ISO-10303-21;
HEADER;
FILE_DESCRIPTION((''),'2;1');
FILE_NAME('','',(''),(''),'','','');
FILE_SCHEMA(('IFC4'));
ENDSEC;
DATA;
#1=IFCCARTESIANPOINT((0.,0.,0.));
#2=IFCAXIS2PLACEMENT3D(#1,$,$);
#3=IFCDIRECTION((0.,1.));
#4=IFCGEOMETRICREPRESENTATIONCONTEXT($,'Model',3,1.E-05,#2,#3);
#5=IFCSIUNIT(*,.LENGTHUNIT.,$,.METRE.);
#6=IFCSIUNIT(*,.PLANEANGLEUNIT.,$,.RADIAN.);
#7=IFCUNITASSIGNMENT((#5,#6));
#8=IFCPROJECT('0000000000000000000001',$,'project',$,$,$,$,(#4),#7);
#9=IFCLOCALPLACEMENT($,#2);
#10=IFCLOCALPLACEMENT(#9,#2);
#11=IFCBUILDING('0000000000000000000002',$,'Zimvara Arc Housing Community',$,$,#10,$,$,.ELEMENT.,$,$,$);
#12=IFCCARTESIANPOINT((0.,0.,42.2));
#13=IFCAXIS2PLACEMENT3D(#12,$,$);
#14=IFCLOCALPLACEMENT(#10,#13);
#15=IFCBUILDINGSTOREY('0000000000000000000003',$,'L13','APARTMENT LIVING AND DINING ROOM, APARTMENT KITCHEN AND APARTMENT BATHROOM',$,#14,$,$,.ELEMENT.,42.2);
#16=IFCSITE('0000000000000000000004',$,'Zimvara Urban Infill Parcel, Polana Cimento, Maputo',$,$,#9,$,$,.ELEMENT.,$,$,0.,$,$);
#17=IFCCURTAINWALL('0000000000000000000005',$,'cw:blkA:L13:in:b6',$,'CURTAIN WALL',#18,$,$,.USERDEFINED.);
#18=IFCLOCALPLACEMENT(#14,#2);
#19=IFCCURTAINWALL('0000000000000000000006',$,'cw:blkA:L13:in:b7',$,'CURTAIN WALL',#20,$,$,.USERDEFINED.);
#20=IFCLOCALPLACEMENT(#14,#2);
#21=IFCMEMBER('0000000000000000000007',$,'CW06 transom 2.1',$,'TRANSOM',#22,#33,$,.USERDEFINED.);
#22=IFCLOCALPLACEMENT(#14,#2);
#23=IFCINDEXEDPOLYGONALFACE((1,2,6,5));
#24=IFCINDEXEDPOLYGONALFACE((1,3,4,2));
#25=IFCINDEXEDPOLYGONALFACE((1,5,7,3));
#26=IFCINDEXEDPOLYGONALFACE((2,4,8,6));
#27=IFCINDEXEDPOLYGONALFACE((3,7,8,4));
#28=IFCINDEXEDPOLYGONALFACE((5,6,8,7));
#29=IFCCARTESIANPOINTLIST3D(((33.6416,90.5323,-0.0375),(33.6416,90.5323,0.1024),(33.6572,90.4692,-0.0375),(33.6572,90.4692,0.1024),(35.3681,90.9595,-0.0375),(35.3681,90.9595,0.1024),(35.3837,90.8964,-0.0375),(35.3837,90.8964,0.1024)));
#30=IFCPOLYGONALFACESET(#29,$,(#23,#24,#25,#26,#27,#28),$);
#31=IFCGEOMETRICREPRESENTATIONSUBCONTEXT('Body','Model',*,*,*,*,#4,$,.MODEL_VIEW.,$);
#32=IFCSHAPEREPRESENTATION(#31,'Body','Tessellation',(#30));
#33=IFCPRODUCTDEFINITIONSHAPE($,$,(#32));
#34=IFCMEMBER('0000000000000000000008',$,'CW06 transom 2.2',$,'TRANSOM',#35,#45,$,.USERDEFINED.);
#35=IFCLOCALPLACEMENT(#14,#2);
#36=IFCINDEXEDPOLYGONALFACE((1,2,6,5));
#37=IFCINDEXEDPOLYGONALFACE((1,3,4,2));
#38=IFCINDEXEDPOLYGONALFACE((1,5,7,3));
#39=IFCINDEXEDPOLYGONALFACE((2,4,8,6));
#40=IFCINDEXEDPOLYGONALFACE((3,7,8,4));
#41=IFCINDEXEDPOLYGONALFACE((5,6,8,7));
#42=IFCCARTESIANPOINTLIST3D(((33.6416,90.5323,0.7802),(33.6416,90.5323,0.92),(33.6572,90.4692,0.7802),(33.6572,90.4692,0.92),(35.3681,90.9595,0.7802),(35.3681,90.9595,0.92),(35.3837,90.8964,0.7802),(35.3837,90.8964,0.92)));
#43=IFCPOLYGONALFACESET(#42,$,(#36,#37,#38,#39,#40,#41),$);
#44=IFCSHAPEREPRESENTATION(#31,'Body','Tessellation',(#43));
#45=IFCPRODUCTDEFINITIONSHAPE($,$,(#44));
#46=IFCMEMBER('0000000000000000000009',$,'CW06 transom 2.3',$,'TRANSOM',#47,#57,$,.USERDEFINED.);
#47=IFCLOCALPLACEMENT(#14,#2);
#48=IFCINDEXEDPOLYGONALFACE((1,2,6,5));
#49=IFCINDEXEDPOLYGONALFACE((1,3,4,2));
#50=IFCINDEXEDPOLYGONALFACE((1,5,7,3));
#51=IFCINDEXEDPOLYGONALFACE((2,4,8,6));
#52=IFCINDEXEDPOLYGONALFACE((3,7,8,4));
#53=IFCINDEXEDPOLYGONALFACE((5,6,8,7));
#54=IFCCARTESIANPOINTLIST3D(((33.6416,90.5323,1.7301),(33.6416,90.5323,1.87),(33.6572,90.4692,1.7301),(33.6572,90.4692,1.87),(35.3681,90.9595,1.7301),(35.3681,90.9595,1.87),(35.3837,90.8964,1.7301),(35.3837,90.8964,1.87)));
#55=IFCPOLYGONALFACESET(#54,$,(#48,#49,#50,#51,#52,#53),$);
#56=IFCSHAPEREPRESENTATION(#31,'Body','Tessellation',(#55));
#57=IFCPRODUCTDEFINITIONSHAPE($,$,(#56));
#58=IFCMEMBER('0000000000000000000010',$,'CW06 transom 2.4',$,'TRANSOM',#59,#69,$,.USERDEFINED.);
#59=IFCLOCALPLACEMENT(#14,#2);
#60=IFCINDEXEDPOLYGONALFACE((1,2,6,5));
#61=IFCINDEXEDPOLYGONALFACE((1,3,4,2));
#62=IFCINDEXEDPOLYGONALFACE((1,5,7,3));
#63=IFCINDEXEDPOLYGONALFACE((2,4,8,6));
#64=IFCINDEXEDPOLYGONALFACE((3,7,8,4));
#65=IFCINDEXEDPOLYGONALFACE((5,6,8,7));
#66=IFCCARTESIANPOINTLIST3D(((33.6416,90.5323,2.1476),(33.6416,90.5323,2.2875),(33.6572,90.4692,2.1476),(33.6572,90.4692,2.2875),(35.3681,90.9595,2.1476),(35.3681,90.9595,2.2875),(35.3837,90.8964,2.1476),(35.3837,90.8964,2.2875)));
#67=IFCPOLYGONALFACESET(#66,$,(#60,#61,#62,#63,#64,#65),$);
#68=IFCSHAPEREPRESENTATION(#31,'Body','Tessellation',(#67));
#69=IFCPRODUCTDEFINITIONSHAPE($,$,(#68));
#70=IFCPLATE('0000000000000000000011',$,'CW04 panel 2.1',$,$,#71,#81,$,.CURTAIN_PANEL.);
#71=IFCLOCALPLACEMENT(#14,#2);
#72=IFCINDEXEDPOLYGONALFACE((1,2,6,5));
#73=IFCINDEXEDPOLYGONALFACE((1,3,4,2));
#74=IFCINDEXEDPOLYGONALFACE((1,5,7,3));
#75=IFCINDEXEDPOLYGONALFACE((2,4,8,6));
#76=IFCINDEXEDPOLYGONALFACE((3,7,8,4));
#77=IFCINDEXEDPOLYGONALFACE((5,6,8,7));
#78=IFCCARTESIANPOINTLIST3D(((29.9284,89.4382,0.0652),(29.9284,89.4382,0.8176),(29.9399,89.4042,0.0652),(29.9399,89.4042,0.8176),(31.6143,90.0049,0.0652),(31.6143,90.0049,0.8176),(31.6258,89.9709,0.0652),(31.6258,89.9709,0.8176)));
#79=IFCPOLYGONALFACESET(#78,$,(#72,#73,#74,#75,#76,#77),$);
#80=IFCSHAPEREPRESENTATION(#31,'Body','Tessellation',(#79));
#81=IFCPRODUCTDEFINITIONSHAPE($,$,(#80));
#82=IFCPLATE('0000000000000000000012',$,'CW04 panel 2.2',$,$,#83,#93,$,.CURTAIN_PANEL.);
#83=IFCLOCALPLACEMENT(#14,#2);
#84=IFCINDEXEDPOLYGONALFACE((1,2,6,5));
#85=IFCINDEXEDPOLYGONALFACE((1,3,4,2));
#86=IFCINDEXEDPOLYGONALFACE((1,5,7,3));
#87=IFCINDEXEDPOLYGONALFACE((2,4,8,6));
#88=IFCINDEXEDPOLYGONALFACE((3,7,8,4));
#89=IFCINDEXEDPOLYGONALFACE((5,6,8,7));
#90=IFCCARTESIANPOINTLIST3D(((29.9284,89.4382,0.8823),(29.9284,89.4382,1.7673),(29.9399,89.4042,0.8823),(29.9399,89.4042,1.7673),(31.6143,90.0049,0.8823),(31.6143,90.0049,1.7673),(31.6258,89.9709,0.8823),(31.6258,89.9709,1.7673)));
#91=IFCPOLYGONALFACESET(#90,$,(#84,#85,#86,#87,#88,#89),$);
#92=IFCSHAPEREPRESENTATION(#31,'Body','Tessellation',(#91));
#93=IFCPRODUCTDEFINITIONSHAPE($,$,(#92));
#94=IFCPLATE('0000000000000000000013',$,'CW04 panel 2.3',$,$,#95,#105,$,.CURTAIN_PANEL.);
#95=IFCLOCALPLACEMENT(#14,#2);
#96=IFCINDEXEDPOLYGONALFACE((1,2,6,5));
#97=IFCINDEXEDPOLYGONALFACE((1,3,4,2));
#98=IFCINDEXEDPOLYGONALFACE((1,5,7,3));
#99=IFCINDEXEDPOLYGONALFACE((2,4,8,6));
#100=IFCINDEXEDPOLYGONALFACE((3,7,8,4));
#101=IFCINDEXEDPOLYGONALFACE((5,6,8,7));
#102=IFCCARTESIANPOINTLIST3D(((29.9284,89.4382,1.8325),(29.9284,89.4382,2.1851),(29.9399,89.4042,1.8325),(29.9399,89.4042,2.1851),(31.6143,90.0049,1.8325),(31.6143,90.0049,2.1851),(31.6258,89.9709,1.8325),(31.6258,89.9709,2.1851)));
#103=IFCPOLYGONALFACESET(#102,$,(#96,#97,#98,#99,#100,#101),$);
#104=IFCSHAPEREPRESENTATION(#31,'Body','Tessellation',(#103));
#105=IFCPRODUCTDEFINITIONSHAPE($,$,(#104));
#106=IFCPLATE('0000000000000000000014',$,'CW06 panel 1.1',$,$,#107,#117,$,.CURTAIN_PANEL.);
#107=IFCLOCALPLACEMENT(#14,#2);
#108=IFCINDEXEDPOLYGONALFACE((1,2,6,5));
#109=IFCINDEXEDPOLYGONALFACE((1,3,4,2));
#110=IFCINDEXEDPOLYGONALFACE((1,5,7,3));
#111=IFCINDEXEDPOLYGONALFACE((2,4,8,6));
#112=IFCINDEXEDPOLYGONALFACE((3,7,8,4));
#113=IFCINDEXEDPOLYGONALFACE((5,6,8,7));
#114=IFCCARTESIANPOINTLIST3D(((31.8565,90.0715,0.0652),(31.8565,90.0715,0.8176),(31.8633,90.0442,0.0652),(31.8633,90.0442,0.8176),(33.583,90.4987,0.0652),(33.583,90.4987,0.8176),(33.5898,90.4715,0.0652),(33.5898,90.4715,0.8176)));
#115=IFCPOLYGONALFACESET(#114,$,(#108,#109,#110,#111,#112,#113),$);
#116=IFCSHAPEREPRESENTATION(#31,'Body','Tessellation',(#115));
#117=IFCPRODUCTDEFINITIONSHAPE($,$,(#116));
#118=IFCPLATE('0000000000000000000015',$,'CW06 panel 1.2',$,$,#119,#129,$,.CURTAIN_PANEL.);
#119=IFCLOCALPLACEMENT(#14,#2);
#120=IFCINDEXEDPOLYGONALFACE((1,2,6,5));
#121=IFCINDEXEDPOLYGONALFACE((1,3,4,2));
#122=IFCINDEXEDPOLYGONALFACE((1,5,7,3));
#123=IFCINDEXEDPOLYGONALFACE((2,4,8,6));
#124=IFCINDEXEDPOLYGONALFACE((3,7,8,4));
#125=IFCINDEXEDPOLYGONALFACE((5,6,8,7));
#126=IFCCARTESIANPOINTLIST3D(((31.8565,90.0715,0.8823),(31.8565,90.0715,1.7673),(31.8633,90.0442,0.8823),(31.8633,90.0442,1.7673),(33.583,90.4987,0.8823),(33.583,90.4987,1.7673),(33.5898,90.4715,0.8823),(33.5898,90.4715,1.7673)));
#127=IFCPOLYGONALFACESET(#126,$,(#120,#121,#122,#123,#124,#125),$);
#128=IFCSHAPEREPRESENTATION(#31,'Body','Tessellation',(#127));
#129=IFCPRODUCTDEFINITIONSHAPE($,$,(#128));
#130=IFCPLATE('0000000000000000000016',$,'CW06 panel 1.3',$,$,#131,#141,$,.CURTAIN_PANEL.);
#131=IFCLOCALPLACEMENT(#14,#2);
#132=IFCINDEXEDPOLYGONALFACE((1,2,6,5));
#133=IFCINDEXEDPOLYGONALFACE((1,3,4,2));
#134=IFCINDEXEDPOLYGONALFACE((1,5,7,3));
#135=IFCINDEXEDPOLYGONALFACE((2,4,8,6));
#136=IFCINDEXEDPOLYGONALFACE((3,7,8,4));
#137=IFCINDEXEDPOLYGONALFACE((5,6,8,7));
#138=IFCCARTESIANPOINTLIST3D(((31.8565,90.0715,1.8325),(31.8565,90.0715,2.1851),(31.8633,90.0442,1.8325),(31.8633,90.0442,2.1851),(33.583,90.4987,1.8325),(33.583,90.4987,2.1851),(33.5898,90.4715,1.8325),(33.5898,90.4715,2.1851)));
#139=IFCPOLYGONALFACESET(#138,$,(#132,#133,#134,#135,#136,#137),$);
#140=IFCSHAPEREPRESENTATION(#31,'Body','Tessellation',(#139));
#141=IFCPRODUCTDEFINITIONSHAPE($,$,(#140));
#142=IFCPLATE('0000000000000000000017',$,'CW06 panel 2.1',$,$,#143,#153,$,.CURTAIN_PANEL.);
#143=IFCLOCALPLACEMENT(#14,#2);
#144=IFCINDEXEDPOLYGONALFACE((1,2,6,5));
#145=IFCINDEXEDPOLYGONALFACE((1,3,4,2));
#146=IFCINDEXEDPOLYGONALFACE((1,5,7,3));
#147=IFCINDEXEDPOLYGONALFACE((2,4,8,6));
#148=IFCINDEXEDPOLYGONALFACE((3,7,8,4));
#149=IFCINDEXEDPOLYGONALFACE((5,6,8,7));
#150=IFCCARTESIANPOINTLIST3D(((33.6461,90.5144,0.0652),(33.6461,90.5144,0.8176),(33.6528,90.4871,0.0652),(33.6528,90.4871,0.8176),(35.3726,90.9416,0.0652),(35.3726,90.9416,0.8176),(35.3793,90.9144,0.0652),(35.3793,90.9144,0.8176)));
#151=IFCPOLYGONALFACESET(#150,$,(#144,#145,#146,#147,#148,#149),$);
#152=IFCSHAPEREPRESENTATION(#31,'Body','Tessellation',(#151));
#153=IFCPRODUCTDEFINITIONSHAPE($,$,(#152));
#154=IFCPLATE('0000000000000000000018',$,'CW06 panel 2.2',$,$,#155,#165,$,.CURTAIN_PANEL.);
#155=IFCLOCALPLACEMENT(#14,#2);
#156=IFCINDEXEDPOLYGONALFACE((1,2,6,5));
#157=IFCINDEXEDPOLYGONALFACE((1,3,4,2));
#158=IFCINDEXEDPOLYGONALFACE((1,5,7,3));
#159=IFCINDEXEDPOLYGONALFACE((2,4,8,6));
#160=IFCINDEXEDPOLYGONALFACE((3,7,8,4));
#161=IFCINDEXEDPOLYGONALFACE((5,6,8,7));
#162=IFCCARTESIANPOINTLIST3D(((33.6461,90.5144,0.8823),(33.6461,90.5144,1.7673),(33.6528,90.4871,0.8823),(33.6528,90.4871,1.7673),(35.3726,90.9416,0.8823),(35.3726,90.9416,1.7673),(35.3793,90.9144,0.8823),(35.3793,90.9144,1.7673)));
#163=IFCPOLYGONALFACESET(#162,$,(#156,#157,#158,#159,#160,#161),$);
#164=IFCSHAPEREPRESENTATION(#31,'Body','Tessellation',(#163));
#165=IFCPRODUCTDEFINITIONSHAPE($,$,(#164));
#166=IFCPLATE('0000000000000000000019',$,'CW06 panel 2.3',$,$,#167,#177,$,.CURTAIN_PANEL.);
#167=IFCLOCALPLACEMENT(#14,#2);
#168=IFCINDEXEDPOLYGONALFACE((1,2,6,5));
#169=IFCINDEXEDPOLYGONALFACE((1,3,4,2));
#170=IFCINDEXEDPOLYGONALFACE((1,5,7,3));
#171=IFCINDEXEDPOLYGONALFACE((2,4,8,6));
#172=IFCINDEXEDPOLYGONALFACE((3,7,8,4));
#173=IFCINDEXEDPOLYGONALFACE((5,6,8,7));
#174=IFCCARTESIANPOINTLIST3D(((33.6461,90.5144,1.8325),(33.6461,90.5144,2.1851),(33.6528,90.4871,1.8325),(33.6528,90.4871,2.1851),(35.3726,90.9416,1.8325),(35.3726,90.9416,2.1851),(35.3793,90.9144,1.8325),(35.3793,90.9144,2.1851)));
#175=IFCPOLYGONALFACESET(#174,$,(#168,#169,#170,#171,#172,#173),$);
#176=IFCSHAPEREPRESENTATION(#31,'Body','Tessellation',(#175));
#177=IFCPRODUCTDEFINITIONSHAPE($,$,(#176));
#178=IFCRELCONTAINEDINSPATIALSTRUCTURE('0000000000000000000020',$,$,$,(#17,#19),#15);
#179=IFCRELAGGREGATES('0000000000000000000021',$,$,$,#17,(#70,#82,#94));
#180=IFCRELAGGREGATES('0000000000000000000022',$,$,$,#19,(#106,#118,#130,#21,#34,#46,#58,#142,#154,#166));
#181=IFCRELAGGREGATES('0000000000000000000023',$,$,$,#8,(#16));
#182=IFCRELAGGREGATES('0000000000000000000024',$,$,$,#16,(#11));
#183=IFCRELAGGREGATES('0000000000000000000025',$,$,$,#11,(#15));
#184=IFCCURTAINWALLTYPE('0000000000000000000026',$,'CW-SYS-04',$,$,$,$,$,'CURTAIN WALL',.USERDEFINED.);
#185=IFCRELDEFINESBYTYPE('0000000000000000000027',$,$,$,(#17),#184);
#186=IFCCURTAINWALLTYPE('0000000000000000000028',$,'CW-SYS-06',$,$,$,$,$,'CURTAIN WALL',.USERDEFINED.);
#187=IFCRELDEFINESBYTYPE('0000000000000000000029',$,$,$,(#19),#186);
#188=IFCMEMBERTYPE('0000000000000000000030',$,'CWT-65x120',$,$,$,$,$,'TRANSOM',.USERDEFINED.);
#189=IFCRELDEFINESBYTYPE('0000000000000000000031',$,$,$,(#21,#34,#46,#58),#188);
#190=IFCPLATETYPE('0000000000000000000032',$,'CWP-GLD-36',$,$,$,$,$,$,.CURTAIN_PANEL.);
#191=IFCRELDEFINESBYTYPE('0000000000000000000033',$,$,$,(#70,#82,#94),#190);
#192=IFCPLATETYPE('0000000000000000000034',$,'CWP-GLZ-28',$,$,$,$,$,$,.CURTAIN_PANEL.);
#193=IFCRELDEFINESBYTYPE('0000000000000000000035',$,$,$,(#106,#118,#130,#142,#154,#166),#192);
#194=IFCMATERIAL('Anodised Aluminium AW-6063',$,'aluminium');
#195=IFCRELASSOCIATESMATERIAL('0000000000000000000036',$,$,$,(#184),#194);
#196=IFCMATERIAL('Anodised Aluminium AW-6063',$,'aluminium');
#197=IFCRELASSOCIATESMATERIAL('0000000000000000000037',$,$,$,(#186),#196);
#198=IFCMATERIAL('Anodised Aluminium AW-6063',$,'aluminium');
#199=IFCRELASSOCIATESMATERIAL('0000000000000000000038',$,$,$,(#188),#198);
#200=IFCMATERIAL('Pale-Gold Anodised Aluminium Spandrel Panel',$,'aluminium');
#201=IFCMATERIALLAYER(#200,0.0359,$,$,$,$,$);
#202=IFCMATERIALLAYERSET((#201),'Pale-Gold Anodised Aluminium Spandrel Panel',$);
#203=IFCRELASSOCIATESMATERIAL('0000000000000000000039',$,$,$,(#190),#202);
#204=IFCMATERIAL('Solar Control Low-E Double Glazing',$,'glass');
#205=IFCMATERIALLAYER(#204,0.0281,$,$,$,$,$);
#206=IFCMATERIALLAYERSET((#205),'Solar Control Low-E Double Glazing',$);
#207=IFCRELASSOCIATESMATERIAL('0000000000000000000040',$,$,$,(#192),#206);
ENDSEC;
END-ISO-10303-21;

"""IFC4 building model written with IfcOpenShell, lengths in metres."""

from ifc_helpers import new_model, si_unit, direction, frame, origin, origin_2d, place, context, subcontext, project, spatial, rectangle, extrude, material, layer, layer_set, material_profile, profile_set, type_object, element, aggregate, save


model = new_model("IFC4")

# Units and contexts
model_context = context("Model", 3, precision=1e-05, world=origin(), true_north=direction((0.0, 1.0)))
body_context = subcontext(model_context, "Body", "Model", "MODEL_VIEW")
ifc_project = project(units=[si_unit("LENGTHUNIT", "METRE"), si_unit("PLANEANGLEUNIT", "RADIAN")], contexts=[model_context])

# Site, building, storey
site_placement = place(None, origin())
site = spatial("IfcSite", under=ifc_project, at=site_placement, Name="Zimvara Urban Infill Parcel, Polana Cimento, Maputo", CompositionType="ELEMENT", RefElevation=0.0)
building_placement = place(site_placement, origin())
building = spatial("IfcBuilding", under=site, at=building_placement, Name="Zimvara Arc Housing Community", CompositionType="ELEMENT")
storey_placement = place(building_placement, frame((0.0, 0.0, 42.2)))
storey = spatial("IfcBuildingStorey", under=building, at=storey_placement, Name="L13", Description="APARTMENT LIVING AND DINING ROOM, APARTMENT KITCHEN AND APARTMENT BATHROOM", CompositionType="ELEMENT", Elevation=42.2)

# Curtain wall
ifc_material_1 = material(Name="Anodised Aluminium AW-6063", Category="aluminium")
curtain_wall_type_1 = type_object("IfcCurtainWallType", Name="CW-SYS-04", ElementType="CURTAIN WALL", PredefinedType="USERDEFINED", material=ifc_material_1)
curtain_wall_1_placement = place(storey_placement, origin())
curtain_wall_1 = element("IfcCurtainWall", 1, at=curtain_wall_1_placement, inside=storey, type_object=curtain_wall_type_1, Name="cw:blkA:L13:in:b6", ObjectType="CURTAIN WALL", PredefinedType="USERDEFINED")

# Curtain wall
ifc_material_2 = material(Name="Anodised Aluminium AW-6063", Category="aluminium")
curtain_wall_type_2 = type_object("IfcCurtainWallType", Name="CW-SYS-06", ElementType="CURTAIN WALL", PredefinedType="USERDEFINED", material=ifc_material_2)
curtain_wall_2_placement = place(storey_placement, origin())
curtain_wall_2 = element("IfcCurtainWall", 2, at=curtain_wall_2_placement, inside=storey, type_object=curtain_wall_type_2, Name="cw:blkA:L13:in:b7", ObjectType="CURTAIN WALL", PredefinedType="USERDEFINED")

# Members
ifc_material_3 = material(Name="Anodised Aluminium AW-6063", Category="aluminium")
ifc_material_profile_1 = material_profile(ifc_material_3, rectangle(XDim=0.0649, YDim=0.1399, at=origin_2d()), Name="ALU 65x140")
ifc_profile_set_1 = profile_set([ifc_material_profile_1], Name="Anodised Aluminium AW-6063")
member_type_1 = type_object("IfcMemberType", Name="CWT-65x120", ElementType="TRANSOM", PredefinedType="USERDEFINED", material=ifc_profile_set_1)
member_1_placement = place(storey_placement, frame((33.6494, 90.5007, 0.0325), z_axis=(0.970721, 0.24021, 0.0), x_axis=(-0.24021, 0.970721, 0.0)))
member_1 = element("IfcMember", 3, at=member_1_placement, type_object=member_type_1, Name="CW06 transom 2.1", ObjectType="TRANSOM", PredefinedType="USERDEFINED", context=body_context, shape_type="SweptSolid", body=[
    extrude(rectangle(XDim=0.0649, YDim=0.1399, at=origin_2d()), origin(), (0.0, 0.0, 1.0), 1.7786),
])
member_2_placement = place(storey_placement, frame((33.6494, 90.5007, 0.8501), z_axis=(0.970721, 0.24021, 0.0), x_axis=(-0.24021, 0.970721, 0.0)))
member_2 = element("IfcMember", 4, at=member_2_placement, type_object=member_type_1, Name="CW06 transom 2.2", ObjectType="TRANSOM", PredefinedType="USERDEFINED", context=body_context, shape_type="SweptSolid", body=[
    extrude(rectangle(XDim=0.0649, YDim=0.1399, at=origin_2d()), origin(), (0.0, 0.0, 1.0), 1.7786),
])
member_3_placement = place(storey_placement, frame((33.6494, 90.5007, 1.8), z_axis=(0.970721, 0.24021, 0.0), x_axis=(-0.24021, 0.970721, 0.0)))
member_3 = element("IfcMember", 5, at=member_3_placement, type_object=member_type_1, Name="CW06 transom 2.3", ObjectType="TRANSOM", PredefinedType="USERDEFINED", context=body_context, shape_type="SweptSolid", body=[
    extrude(rectangle(XDim=0.0649, YDim=0.1399, at=origin_2d()), origin(), (0.0, 0.0, 1.0), 1.7786),
])
member_4_placement = place(storey_placement, frame((33.6494, 90.5007, 2.2175), z_axis=(0.970721, 0.24021, 0.0), x_axis=(-0.24021, 0.970721, 0.0)))
member_4 = element("IfcMember", 6, at=member_4_placement, type_object=member_type_1, Name="CW06 transom 2.4", ObjectType="TRANSOM", PredefinedType="USERDEFINED", context=body_context, shape_type="SweptSolid", body=[
    extrude(rectangle(XDim=0.0649, YDim=0.1399, at=origin_2d()), origin(), (0.0, 0.0, 1.0), 1.7786),
])

# Plates
ifc_material_4 = material(Name="Pale-Gold Anodised Aluminium Spandrel Panel", Category="aluminium")
ifc_layer_1 = layer(ifc_material_4, 0.0359)
ifc_layer_set_1 = layer_set([ifc_layer_1], Name="Pale-Gold Anodised Aluminium Spandrel Panel")
plate_type_1 = type_object("IfcPlateType", Name="CWP-GLD-36", PredefinedType="CURTAIN_PANEL", material=ifc_layer_set_1)
plate_1_placement = place(storey_placement, frame((30.7771, 89.7046, 0.0652), z_axis=(0.0, 0.0, 1.0), x_axis=(0.94788, 0.318627, 0.0)))
plate_1 = element("IfcPlate", 7, at=plate_1_placement, type_object=plate_type_1, Name="CW04 panel 2.1", PredefinedType="CURTAIN_PANEL", context=body_context, shape_type="SweptSolid", body=[
    extrude(rectangle(XDim=1.7786, YDim=0.0359, at=origin_2d()), origin(), (0.0, 0.0, 1.0), 0.7524),
])
plate_2_placement = place(storey_placement, frame((30.7771, 89.7046, 0.8823), z_axis=(0.0, 0.0, 1.0), x_axis=(0.94788, 0.318627, 0.0)))
plate_2 = element("IfcPlate", 8, at=plate_2_placement, type_object=plate_type_1, Name="CW04 panel 2.2", PredefinedType="CURTAIN_PANEL", context=body_context, shape_type="SweptSolid", body=[
    extrude(rectangle(XDim=1.7786, YDim=0.0359, at=origin_2d()), origin(), (0.0, 0.0, 1.0), 0.885),
])
plate_3_placement = place(storey_placement, frame((30.7771, 89.7046, 1.8325), z_axis=(0.0, 0.0, 1.0), x_axis=(0.94788, 0.318627, 0.0)))
plate_3 = element("IfcPlate", 9, at=plate_3_placement, type_object=plate_type_1, Name="CW04 panel 2.3", PredefinedType="CURTAIN_PANEL", context=body_context, shape_type="SweptSolid", body=[
    extrude(rectangle(XDim=1.7786, YDim=0.0359, at=origin_2d()), origin(), (0.0, 0.0, 1.0), 0.3525),
])
aggregate(curtain_wall_1, [plate_1, plate_2, plate_3])
ifc_material_5 = material(Name="Solar Control Low-E Double Glazing", Category="glass")
ifc_layer_2 = layer(ifc_material_5, 0.0281)
ifc_layer_set_2 = layer_set([ifc_layer_2], Name="Solar Control Low-E Double Glazing")
plate_type_2 = type_object("IfcPlateType", Name="CWP-GLZ-28", PredefinedType="CURTAIN_PANEL", material=ifc_layer_set_2)
plate_4_placement = place(storey_placement, frame((32.7231, 90.2715, 0.0652), z_axis=(0.0, 0.0, 1.0), x_axis=(0.970716, 0.240229, 0.0)))
plate_4 = element("IfcPlate", 10, at=plate_4_placement, type_object=plate_type_2, Name="CW06 panel 1.1", PredefinedType="CURTAIN_PANEL", context=body_context, shape_type="SweptSolid", body=[
    extrude(rectangle(XDim=1.7786, YDim=0.0281, at=origin_2d()), origin(), (0.0, 0.0, 1.0), 0.7524),
])
plate_5_placement = place(storey_placement, frame((32.7231, 90.2715, 0.8823), z_axis=(0.0, 0.0, 1.0), x_axis=(0.970716, 0.240229, 0.0)))
plate_5 = element("IfcPlate", 11, at=plate_5_placement, type_object=plate_type_2, Name="CW06 panel 1.2", PredefinedType="CURTAIN_PANEL", context=body_context, shape_type="SweptSolid", body=[
    extrude(rectangle(XDim=1.7786, YDim=0.0281, at=origin_2d()), origin(), (0.0, 0.0, 1.0), 0.885),
])
plate_6_placement = place(storey_placement, frame((32.7231, 90.2715, 1.8325), z_axis=(0.0, 0.0, 1.0), x_axis=(0.970716, 0.240229, 0.0)))
plate_6 = element("IfcPlate", 12, at=plate_6_placement, type_object=plate_type_2, Name="CW06 panel 1.3", PredefinedType="CURTAIN_PANEL", context=body_context, shape_type="SweptSolid", body=[
    extrude(rectangle(XDim=1.7786, YDim=0.0281, at=origin_2d()), origin(), (0.0, 0.0, 1.0), 0.3525),
])
plate_7_placement = place(storey_placement, frame((34.5127, 90.7144, 0.0652), z_axis=(0.0, 0.0, 1.0), x_axis=(0.970716, 0.240229, 0.0)))
plate_7 = element("IfcPlate", 13, at=plate_7_placement, type_object=plate_type_2, Name="CW06 panel 2.1", PredefinedType="CURTAIN_PANEL", context=body_context, shape_type="SweptSolid", body=[
    extrude(rectangle(XDim=1.7786, YDim=0.0281, at=origin_2d()), origin(), (0.0, 0.0, 1.0), 0.7524),
])
plate_8_placement = place(storey_placement, frame((34.5127, 90.7144, 0.8823), z_axis=(0.0, 0.0, 1.0), x_axis=(0.970716, 0.240229, 0.0)))
plate_8 = element("IfcPlate", 14, at=plate_8_placement, type_object=plate_type_2, Name="CW06 panel 2.2", PredefinedType="CURTAIN_PANEL", context=body_context, shape_type="SweptSolid", body=[
    extrude(rectangle(XDim=1.7786, YDim=0.0281, at=origin_2d()), origin(), (0.0, 0.0, 1.0), 0.885),
])
plate_9_placement = place(storey_placement, frame((34.5127, 90.7144, 1.8325), z_axis=(0.0, 0.0, 1.0), x_axis=(0.970716, 0.240229, 0.0)))
plate_9 = element("IfcPlate", 15, at=plate_9_placement, type_object=plate_type_2, Name="CW06 panel 2.3", PredefinedType="CURTAIN_PANEL", context=body_context, shape_type="SweptSolid", body=[
    extrude(rectangle(XDim=1.7786, YDim=0.0281, at=origin_2d()), origin(), (0.0, 0.0, 1.0), 0.3525),
])
aggregate(curtain_wall_2, [plate_4, plate_5, plate_6, member_1, member_2, member_3, member_4, plate_7, plate_8, plate_9])

save(model, "model.ifc")
